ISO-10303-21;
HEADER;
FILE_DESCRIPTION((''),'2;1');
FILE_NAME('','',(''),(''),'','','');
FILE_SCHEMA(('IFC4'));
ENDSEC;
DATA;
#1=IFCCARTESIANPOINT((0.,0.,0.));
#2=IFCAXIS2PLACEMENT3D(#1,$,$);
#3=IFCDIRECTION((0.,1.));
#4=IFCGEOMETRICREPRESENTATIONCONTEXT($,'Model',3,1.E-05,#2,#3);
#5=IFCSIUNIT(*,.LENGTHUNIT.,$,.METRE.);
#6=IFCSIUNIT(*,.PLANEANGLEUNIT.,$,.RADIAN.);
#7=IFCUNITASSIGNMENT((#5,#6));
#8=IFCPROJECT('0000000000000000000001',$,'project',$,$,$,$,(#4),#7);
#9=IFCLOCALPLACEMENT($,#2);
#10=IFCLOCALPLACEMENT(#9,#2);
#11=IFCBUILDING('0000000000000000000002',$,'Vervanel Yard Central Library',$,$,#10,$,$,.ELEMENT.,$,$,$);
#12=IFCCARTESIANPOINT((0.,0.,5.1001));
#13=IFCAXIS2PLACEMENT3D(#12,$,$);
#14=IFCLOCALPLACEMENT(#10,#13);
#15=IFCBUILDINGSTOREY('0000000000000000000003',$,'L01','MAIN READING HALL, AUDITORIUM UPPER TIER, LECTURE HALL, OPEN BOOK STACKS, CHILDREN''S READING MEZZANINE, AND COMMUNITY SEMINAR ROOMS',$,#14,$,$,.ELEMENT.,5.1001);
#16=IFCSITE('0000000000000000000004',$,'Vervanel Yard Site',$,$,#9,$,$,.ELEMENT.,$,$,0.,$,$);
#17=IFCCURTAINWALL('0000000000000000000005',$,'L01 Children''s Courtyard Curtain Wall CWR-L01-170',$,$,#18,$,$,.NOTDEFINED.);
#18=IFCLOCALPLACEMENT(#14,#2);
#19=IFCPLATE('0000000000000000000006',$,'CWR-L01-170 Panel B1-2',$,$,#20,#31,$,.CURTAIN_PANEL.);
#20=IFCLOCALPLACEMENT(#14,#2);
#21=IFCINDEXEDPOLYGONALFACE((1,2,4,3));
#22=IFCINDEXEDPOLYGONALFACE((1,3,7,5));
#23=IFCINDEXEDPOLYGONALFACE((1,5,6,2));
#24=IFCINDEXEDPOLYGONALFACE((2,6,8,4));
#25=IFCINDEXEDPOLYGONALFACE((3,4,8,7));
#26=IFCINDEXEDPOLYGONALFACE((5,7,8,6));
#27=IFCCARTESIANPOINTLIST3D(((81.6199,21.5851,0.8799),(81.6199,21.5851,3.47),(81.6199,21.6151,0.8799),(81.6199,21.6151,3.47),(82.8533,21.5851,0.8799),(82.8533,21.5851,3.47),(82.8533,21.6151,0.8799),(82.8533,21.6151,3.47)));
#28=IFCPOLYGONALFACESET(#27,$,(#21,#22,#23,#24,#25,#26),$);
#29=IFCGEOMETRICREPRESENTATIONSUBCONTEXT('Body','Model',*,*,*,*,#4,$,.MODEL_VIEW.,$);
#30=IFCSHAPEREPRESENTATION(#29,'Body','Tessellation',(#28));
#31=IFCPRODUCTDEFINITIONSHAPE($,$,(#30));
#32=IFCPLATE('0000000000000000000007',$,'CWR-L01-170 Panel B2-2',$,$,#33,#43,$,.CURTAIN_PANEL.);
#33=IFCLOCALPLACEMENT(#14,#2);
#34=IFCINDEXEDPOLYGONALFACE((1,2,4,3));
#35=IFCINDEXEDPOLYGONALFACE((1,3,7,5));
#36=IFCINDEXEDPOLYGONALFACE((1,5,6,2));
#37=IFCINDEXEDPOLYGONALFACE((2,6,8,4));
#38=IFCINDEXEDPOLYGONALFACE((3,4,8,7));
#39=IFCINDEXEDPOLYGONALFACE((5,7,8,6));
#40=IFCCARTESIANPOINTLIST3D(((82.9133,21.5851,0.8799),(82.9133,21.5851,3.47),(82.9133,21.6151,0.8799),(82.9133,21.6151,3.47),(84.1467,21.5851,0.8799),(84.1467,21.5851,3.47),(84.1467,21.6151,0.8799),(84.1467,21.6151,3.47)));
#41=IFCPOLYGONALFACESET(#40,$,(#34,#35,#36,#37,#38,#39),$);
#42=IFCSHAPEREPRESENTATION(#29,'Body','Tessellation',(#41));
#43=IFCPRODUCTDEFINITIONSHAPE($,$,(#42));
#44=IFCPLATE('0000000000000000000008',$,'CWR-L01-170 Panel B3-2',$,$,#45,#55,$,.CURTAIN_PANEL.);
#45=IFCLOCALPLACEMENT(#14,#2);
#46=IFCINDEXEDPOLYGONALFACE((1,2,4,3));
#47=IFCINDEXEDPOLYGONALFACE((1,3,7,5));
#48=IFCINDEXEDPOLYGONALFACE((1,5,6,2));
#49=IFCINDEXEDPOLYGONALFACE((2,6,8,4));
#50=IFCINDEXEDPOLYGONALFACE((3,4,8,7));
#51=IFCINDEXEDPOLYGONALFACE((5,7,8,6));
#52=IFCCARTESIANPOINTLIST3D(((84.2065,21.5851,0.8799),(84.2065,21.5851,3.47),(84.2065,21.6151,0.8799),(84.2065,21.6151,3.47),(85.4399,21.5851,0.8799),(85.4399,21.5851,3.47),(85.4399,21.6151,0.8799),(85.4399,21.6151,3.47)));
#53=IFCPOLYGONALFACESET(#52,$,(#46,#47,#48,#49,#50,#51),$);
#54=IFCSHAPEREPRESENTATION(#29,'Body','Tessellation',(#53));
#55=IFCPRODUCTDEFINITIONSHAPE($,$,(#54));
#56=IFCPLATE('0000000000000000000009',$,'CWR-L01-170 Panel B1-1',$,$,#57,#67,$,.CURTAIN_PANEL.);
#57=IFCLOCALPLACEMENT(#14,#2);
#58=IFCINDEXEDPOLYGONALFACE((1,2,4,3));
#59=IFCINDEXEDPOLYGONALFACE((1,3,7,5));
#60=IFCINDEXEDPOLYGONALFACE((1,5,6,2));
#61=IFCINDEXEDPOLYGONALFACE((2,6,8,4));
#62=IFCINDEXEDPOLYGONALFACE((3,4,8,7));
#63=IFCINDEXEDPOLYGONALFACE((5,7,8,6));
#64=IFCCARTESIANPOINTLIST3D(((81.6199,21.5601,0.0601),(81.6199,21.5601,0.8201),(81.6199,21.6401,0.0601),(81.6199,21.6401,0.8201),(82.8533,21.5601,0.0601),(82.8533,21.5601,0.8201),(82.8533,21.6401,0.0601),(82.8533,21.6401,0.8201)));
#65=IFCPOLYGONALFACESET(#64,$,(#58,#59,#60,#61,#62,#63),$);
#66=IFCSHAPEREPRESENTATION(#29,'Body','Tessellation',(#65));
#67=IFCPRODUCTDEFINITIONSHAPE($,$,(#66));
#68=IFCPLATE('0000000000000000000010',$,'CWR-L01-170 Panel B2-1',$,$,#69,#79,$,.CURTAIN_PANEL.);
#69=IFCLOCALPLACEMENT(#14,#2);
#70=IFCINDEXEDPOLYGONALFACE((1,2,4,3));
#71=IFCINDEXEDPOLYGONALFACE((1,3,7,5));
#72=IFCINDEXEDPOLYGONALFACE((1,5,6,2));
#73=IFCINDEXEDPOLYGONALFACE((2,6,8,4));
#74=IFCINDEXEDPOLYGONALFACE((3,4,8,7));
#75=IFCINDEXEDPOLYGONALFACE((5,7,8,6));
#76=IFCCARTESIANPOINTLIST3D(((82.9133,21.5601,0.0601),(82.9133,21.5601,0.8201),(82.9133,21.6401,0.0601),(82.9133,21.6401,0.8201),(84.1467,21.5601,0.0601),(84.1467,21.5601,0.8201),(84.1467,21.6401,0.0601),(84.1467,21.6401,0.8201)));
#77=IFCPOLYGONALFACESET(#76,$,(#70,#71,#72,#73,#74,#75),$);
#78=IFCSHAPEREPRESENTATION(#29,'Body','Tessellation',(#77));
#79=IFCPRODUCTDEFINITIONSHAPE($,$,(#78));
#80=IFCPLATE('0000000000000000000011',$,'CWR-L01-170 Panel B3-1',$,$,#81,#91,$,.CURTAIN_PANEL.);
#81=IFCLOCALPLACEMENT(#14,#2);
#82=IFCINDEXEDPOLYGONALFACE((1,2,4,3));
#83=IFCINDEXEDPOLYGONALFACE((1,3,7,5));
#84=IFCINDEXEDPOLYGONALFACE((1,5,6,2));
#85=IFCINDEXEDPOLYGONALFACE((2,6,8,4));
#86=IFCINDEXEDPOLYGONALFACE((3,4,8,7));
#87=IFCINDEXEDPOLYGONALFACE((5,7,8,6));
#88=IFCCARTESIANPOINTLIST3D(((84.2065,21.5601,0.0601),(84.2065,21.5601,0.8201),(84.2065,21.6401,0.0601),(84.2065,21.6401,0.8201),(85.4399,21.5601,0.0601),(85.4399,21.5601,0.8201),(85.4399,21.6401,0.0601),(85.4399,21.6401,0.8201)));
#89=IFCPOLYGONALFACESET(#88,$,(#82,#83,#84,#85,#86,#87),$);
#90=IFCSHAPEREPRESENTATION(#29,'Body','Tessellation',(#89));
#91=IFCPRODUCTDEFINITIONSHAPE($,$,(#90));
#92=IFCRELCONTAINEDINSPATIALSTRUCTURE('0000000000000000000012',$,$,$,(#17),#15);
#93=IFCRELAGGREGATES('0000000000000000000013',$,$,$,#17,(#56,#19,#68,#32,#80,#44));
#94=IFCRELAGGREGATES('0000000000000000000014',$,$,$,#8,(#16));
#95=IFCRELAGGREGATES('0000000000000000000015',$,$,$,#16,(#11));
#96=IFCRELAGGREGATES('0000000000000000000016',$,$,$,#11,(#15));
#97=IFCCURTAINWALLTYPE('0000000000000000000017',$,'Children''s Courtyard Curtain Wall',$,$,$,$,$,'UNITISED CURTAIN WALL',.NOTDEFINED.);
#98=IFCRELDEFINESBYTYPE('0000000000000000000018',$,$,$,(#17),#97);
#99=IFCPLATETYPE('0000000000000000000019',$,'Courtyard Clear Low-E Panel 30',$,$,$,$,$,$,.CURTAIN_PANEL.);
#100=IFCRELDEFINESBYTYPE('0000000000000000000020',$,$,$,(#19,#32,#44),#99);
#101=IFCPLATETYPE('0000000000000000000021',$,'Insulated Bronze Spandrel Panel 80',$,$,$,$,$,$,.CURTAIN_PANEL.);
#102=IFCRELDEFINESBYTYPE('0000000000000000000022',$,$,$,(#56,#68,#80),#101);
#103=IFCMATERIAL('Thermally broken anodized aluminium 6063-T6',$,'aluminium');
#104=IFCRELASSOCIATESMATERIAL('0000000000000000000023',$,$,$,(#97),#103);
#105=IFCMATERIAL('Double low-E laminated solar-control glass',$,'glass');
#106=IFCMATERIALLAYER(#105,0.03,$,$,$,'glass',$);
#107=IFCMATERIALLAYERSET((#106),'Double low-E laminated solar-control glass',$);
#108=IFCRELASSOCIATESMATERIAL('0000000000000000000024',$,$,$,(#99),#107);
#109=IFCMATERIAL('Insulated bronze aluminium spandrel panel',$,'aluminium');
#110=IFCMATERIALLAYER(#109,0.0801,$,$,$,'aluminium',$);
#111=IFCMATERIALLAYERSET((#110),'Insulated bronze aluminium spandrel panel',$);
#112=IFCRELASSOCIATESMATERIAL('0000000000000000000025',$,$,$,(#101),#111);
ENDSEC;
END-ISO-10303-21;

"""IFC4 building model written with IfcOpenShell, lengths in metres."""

from ifc_helpers import new_model, si_unit, direction, frame, origin, origin_2d, place, context, subcontext, project, spatial, rectangle, extrude, material, layer, layer_set, type_object, element, aggregate, save


model = new_model("IFC4")

# Units and contexts
model_context = context("Model", 3, precision=1e-05, world=origin(), true_north=direction((0.0, 1.0)))
body_context = subcontext(model_context, "Body", "Model", "MODEL_VIEW")
ifc_project = project(units=[si_unit("LENGTHUNIT", "METRE"), si_unit("PLANEANGLEUNIT", "RADIAN")], contexts=[model_context])

# Site, building, storey
site_placement = place(None, origin())
site = spatial("IfcSite", under=ifc_project, at=site_placement, Name="Vervanel Yard Site", CompositionType="ELEMENT", RefElevation=0.0)
building_placement = place(site_placement, origin())
building = spatial("IfcBuilding", under=site, at=building_placement, Name="Vervanel Yard Central Library", CompositionType="ELEMENT")
storey_placement = place(building_placement, frame((0.0, 0.0, 5.1001)))
storey = spatial("IfcBuildingStorey", under=building, at=storey_placement, Name="L01", Description="MAIN READING HALL, AUDITORIUM UPPER TIER, LECTURE HALL, OPEN BOOK STACKS, CHILDREN'S READING MEZZANINE, AND COMMUNITY SEMINAR ROOMS", CompositionType="ELEMENT", Elevation=5.1001)

# Curtain wall
ifc_material_1 = material(Name="Thermally broken anodized aluminium 6063-T6", Category="aluminium")
curtain_wall_type_1 = type_object("IfcCurtainWallType", Name="Children's Courtyard Curtain Wall", ElementType="UNITISED CURTAIN WALL", PredefinedType="NOTDEFINED", material=ifc_material_1)
curtain_wall_1_placement = place(storey_placement, origin())
curtain_wall_1 = element("IfcCurtainWall", 1, at=curtain_wall_1_placement, inside=storey, type_object=curtain_wall_type_1, Name="L01 Children's Courtyard Curtain Wall CWR-L01-170", PredefinedType="NOTDEFINED")

# Plates
ifc_material_2 = material(Name="Double low-E laminated solar-control glass", Category="glass")
ifc_layer_1 = layer(ifc_material_2, 0.03, Category="glass")
ifc_layer_set_1 = layer_set([ifc_layer_1], Name="Double low-E laminated solar-control glass")
plate_type_1 = type_object("IfcPlateType", Name="Courtyard Clear Low-E Panel 30", PredefinedType="CURTAIN_PANEL", material=ifc_layer_set_1)
plate_1_placement = place(storey_placement, frame((82.2366, 21.6001, 0.8799), z_axis=(0.0, 0.0, 1.0), x_axis=(1.0, 0.0, 0.0)))
plate_1 = element("IfcPlate", 2, at=plate_1_placement, type_object=plate_type_1, Name="CWR-L01-170 Panel B1-2", PredefinedType="CURTAIN_PANEL", context=body_context, shape_type="SweptSolid", body=[
    extrude(rectangle(XDim=1.2334, YDim=0.03, at=origin_2d()), origin(), (0.0, 0.0, 1.0), 2.5901),
])
plate_2_placement = place(storey_placement, frame((83.53, 21.6001, 0.8799), z_axis=(0.0, 0.0, 1.0), x_axis=(1.0, 0.0, 0.0)))
plate_2 = element("IfcPlate", 3, at=plate_2_placement, type_object=plate_type_1, Name="CWR-L01-170 Panel B2-2", PredefinedType="CURTAIN_PANEL", context=body_context, shape_type="SweptSolid", body=[
    extrude(rectangle(XDim=1.2334, YDim=0.03, at=origin_2d()), origin(), (0.0, 0.0, 1.0), 2.5901),
])
plate_3_placement = place(storey_placement, frame((84.8232, 21.6001, 0.8799), z_axis=(0.0, 0.0, 1.0), x_axis=(1.0, 0.0, 0.0)))
plate_3 = element("IfcPlate", 4, at=plate_3_placement, type_object=plate_type_1, Name="CWR-L01-170 Panel B3-2", PredefinedType="CURTAIN_PANEL", context=body_context, shape_type="SweptSolid", body=[
    extrude(rectangle(XDim=1.2334, YDim=0.03, at=origin_2d()), origin(), (0.0, 0.0, 1.0), 2.5901),
])
ifc_material_3 = material(Name="Insulated bronze aluminium spandrel panel", Category="aluminium")
ifc_layer_2 = layer(ifc_material_3, 0.0801, Category="aluminium")
ifc_layer_set_2 = layer_set([ifc_layer_2], Name="Insulated bronze aluminium spandrel panel")
plate_type_2 = type_object("IfcPlateType", Name="Insulated Bronze Spandrel Panel 80", PredefinedType="CURTAIN_PANEL", material=ifc_layer_set_2)
plate_4_placement = place(storey_placement, frame((82.2366, 21.6001, 0.0601), z_axis=(0.0, 0.0, 1.0), x_axis=(1.0, 0.0, 0.0)))
plate_4 = element("IfcPlate", 5, at=plate_4_placement, type_object=plate_type_2, Name="CWR-L01-170 Panel B1-1", PredefinedType="CURTAIN_PANEL", context=body_context, shape_type="SweptSolid", body=[
    extrude(rectangle(XDim=1.2334, YDim=0.0801, at=origin_2d()), origin(), (0.0, 0.0, 1.0), 0.76),
])
plate_5_placement = place(storey_placement, frame((83.53, 21.6001, 0.0601), z_axis=(0.0, 0.0, 1.0), x_axis=(1.0, 0.0, 0.0)))
plate_5 = element("IfcPlate", 6, at=plate_5_placement, type_object=plate_type_2, Name="CWR-L01-170 Panel B2-1", PredefinedType="CURTAIN_PANEL", context=body_context, shape_type="SweptSolid", body=[
    extrude(rectangle(XDim=1.2334, YDim=0.0801, at=origin_2d()), origin(), (0.0, 0.0, 1.0), 0.76),
])
plate_6_placement = place(storey_placement, frame((84.8232, 21.6001, 0.0601), z_axis=(0.0, 0.0, 1.0), x_axis=(1.0, 0.0, 0.0)))
plate_6 = element("IfcPlate", 7, at=plate_6_placement, type_object=plate_type_2, Name="CWR-L01-170 Panel B3-1", PredefinedType="CURTAIN_PANEL", context=body_context, shape_type="SweptSolid", body=[
    extrude(rectangle(XDim=1.2334, YDim=0.0801, at=origin_2d()), origin(), (0.0, 0.0, 1.0), 0.76),
])
aggregate(curtain_wall_1, [plate_4, plate_1, plate_5, plate_2, plate_6, plate_3])

save(model, "model.ifc")
